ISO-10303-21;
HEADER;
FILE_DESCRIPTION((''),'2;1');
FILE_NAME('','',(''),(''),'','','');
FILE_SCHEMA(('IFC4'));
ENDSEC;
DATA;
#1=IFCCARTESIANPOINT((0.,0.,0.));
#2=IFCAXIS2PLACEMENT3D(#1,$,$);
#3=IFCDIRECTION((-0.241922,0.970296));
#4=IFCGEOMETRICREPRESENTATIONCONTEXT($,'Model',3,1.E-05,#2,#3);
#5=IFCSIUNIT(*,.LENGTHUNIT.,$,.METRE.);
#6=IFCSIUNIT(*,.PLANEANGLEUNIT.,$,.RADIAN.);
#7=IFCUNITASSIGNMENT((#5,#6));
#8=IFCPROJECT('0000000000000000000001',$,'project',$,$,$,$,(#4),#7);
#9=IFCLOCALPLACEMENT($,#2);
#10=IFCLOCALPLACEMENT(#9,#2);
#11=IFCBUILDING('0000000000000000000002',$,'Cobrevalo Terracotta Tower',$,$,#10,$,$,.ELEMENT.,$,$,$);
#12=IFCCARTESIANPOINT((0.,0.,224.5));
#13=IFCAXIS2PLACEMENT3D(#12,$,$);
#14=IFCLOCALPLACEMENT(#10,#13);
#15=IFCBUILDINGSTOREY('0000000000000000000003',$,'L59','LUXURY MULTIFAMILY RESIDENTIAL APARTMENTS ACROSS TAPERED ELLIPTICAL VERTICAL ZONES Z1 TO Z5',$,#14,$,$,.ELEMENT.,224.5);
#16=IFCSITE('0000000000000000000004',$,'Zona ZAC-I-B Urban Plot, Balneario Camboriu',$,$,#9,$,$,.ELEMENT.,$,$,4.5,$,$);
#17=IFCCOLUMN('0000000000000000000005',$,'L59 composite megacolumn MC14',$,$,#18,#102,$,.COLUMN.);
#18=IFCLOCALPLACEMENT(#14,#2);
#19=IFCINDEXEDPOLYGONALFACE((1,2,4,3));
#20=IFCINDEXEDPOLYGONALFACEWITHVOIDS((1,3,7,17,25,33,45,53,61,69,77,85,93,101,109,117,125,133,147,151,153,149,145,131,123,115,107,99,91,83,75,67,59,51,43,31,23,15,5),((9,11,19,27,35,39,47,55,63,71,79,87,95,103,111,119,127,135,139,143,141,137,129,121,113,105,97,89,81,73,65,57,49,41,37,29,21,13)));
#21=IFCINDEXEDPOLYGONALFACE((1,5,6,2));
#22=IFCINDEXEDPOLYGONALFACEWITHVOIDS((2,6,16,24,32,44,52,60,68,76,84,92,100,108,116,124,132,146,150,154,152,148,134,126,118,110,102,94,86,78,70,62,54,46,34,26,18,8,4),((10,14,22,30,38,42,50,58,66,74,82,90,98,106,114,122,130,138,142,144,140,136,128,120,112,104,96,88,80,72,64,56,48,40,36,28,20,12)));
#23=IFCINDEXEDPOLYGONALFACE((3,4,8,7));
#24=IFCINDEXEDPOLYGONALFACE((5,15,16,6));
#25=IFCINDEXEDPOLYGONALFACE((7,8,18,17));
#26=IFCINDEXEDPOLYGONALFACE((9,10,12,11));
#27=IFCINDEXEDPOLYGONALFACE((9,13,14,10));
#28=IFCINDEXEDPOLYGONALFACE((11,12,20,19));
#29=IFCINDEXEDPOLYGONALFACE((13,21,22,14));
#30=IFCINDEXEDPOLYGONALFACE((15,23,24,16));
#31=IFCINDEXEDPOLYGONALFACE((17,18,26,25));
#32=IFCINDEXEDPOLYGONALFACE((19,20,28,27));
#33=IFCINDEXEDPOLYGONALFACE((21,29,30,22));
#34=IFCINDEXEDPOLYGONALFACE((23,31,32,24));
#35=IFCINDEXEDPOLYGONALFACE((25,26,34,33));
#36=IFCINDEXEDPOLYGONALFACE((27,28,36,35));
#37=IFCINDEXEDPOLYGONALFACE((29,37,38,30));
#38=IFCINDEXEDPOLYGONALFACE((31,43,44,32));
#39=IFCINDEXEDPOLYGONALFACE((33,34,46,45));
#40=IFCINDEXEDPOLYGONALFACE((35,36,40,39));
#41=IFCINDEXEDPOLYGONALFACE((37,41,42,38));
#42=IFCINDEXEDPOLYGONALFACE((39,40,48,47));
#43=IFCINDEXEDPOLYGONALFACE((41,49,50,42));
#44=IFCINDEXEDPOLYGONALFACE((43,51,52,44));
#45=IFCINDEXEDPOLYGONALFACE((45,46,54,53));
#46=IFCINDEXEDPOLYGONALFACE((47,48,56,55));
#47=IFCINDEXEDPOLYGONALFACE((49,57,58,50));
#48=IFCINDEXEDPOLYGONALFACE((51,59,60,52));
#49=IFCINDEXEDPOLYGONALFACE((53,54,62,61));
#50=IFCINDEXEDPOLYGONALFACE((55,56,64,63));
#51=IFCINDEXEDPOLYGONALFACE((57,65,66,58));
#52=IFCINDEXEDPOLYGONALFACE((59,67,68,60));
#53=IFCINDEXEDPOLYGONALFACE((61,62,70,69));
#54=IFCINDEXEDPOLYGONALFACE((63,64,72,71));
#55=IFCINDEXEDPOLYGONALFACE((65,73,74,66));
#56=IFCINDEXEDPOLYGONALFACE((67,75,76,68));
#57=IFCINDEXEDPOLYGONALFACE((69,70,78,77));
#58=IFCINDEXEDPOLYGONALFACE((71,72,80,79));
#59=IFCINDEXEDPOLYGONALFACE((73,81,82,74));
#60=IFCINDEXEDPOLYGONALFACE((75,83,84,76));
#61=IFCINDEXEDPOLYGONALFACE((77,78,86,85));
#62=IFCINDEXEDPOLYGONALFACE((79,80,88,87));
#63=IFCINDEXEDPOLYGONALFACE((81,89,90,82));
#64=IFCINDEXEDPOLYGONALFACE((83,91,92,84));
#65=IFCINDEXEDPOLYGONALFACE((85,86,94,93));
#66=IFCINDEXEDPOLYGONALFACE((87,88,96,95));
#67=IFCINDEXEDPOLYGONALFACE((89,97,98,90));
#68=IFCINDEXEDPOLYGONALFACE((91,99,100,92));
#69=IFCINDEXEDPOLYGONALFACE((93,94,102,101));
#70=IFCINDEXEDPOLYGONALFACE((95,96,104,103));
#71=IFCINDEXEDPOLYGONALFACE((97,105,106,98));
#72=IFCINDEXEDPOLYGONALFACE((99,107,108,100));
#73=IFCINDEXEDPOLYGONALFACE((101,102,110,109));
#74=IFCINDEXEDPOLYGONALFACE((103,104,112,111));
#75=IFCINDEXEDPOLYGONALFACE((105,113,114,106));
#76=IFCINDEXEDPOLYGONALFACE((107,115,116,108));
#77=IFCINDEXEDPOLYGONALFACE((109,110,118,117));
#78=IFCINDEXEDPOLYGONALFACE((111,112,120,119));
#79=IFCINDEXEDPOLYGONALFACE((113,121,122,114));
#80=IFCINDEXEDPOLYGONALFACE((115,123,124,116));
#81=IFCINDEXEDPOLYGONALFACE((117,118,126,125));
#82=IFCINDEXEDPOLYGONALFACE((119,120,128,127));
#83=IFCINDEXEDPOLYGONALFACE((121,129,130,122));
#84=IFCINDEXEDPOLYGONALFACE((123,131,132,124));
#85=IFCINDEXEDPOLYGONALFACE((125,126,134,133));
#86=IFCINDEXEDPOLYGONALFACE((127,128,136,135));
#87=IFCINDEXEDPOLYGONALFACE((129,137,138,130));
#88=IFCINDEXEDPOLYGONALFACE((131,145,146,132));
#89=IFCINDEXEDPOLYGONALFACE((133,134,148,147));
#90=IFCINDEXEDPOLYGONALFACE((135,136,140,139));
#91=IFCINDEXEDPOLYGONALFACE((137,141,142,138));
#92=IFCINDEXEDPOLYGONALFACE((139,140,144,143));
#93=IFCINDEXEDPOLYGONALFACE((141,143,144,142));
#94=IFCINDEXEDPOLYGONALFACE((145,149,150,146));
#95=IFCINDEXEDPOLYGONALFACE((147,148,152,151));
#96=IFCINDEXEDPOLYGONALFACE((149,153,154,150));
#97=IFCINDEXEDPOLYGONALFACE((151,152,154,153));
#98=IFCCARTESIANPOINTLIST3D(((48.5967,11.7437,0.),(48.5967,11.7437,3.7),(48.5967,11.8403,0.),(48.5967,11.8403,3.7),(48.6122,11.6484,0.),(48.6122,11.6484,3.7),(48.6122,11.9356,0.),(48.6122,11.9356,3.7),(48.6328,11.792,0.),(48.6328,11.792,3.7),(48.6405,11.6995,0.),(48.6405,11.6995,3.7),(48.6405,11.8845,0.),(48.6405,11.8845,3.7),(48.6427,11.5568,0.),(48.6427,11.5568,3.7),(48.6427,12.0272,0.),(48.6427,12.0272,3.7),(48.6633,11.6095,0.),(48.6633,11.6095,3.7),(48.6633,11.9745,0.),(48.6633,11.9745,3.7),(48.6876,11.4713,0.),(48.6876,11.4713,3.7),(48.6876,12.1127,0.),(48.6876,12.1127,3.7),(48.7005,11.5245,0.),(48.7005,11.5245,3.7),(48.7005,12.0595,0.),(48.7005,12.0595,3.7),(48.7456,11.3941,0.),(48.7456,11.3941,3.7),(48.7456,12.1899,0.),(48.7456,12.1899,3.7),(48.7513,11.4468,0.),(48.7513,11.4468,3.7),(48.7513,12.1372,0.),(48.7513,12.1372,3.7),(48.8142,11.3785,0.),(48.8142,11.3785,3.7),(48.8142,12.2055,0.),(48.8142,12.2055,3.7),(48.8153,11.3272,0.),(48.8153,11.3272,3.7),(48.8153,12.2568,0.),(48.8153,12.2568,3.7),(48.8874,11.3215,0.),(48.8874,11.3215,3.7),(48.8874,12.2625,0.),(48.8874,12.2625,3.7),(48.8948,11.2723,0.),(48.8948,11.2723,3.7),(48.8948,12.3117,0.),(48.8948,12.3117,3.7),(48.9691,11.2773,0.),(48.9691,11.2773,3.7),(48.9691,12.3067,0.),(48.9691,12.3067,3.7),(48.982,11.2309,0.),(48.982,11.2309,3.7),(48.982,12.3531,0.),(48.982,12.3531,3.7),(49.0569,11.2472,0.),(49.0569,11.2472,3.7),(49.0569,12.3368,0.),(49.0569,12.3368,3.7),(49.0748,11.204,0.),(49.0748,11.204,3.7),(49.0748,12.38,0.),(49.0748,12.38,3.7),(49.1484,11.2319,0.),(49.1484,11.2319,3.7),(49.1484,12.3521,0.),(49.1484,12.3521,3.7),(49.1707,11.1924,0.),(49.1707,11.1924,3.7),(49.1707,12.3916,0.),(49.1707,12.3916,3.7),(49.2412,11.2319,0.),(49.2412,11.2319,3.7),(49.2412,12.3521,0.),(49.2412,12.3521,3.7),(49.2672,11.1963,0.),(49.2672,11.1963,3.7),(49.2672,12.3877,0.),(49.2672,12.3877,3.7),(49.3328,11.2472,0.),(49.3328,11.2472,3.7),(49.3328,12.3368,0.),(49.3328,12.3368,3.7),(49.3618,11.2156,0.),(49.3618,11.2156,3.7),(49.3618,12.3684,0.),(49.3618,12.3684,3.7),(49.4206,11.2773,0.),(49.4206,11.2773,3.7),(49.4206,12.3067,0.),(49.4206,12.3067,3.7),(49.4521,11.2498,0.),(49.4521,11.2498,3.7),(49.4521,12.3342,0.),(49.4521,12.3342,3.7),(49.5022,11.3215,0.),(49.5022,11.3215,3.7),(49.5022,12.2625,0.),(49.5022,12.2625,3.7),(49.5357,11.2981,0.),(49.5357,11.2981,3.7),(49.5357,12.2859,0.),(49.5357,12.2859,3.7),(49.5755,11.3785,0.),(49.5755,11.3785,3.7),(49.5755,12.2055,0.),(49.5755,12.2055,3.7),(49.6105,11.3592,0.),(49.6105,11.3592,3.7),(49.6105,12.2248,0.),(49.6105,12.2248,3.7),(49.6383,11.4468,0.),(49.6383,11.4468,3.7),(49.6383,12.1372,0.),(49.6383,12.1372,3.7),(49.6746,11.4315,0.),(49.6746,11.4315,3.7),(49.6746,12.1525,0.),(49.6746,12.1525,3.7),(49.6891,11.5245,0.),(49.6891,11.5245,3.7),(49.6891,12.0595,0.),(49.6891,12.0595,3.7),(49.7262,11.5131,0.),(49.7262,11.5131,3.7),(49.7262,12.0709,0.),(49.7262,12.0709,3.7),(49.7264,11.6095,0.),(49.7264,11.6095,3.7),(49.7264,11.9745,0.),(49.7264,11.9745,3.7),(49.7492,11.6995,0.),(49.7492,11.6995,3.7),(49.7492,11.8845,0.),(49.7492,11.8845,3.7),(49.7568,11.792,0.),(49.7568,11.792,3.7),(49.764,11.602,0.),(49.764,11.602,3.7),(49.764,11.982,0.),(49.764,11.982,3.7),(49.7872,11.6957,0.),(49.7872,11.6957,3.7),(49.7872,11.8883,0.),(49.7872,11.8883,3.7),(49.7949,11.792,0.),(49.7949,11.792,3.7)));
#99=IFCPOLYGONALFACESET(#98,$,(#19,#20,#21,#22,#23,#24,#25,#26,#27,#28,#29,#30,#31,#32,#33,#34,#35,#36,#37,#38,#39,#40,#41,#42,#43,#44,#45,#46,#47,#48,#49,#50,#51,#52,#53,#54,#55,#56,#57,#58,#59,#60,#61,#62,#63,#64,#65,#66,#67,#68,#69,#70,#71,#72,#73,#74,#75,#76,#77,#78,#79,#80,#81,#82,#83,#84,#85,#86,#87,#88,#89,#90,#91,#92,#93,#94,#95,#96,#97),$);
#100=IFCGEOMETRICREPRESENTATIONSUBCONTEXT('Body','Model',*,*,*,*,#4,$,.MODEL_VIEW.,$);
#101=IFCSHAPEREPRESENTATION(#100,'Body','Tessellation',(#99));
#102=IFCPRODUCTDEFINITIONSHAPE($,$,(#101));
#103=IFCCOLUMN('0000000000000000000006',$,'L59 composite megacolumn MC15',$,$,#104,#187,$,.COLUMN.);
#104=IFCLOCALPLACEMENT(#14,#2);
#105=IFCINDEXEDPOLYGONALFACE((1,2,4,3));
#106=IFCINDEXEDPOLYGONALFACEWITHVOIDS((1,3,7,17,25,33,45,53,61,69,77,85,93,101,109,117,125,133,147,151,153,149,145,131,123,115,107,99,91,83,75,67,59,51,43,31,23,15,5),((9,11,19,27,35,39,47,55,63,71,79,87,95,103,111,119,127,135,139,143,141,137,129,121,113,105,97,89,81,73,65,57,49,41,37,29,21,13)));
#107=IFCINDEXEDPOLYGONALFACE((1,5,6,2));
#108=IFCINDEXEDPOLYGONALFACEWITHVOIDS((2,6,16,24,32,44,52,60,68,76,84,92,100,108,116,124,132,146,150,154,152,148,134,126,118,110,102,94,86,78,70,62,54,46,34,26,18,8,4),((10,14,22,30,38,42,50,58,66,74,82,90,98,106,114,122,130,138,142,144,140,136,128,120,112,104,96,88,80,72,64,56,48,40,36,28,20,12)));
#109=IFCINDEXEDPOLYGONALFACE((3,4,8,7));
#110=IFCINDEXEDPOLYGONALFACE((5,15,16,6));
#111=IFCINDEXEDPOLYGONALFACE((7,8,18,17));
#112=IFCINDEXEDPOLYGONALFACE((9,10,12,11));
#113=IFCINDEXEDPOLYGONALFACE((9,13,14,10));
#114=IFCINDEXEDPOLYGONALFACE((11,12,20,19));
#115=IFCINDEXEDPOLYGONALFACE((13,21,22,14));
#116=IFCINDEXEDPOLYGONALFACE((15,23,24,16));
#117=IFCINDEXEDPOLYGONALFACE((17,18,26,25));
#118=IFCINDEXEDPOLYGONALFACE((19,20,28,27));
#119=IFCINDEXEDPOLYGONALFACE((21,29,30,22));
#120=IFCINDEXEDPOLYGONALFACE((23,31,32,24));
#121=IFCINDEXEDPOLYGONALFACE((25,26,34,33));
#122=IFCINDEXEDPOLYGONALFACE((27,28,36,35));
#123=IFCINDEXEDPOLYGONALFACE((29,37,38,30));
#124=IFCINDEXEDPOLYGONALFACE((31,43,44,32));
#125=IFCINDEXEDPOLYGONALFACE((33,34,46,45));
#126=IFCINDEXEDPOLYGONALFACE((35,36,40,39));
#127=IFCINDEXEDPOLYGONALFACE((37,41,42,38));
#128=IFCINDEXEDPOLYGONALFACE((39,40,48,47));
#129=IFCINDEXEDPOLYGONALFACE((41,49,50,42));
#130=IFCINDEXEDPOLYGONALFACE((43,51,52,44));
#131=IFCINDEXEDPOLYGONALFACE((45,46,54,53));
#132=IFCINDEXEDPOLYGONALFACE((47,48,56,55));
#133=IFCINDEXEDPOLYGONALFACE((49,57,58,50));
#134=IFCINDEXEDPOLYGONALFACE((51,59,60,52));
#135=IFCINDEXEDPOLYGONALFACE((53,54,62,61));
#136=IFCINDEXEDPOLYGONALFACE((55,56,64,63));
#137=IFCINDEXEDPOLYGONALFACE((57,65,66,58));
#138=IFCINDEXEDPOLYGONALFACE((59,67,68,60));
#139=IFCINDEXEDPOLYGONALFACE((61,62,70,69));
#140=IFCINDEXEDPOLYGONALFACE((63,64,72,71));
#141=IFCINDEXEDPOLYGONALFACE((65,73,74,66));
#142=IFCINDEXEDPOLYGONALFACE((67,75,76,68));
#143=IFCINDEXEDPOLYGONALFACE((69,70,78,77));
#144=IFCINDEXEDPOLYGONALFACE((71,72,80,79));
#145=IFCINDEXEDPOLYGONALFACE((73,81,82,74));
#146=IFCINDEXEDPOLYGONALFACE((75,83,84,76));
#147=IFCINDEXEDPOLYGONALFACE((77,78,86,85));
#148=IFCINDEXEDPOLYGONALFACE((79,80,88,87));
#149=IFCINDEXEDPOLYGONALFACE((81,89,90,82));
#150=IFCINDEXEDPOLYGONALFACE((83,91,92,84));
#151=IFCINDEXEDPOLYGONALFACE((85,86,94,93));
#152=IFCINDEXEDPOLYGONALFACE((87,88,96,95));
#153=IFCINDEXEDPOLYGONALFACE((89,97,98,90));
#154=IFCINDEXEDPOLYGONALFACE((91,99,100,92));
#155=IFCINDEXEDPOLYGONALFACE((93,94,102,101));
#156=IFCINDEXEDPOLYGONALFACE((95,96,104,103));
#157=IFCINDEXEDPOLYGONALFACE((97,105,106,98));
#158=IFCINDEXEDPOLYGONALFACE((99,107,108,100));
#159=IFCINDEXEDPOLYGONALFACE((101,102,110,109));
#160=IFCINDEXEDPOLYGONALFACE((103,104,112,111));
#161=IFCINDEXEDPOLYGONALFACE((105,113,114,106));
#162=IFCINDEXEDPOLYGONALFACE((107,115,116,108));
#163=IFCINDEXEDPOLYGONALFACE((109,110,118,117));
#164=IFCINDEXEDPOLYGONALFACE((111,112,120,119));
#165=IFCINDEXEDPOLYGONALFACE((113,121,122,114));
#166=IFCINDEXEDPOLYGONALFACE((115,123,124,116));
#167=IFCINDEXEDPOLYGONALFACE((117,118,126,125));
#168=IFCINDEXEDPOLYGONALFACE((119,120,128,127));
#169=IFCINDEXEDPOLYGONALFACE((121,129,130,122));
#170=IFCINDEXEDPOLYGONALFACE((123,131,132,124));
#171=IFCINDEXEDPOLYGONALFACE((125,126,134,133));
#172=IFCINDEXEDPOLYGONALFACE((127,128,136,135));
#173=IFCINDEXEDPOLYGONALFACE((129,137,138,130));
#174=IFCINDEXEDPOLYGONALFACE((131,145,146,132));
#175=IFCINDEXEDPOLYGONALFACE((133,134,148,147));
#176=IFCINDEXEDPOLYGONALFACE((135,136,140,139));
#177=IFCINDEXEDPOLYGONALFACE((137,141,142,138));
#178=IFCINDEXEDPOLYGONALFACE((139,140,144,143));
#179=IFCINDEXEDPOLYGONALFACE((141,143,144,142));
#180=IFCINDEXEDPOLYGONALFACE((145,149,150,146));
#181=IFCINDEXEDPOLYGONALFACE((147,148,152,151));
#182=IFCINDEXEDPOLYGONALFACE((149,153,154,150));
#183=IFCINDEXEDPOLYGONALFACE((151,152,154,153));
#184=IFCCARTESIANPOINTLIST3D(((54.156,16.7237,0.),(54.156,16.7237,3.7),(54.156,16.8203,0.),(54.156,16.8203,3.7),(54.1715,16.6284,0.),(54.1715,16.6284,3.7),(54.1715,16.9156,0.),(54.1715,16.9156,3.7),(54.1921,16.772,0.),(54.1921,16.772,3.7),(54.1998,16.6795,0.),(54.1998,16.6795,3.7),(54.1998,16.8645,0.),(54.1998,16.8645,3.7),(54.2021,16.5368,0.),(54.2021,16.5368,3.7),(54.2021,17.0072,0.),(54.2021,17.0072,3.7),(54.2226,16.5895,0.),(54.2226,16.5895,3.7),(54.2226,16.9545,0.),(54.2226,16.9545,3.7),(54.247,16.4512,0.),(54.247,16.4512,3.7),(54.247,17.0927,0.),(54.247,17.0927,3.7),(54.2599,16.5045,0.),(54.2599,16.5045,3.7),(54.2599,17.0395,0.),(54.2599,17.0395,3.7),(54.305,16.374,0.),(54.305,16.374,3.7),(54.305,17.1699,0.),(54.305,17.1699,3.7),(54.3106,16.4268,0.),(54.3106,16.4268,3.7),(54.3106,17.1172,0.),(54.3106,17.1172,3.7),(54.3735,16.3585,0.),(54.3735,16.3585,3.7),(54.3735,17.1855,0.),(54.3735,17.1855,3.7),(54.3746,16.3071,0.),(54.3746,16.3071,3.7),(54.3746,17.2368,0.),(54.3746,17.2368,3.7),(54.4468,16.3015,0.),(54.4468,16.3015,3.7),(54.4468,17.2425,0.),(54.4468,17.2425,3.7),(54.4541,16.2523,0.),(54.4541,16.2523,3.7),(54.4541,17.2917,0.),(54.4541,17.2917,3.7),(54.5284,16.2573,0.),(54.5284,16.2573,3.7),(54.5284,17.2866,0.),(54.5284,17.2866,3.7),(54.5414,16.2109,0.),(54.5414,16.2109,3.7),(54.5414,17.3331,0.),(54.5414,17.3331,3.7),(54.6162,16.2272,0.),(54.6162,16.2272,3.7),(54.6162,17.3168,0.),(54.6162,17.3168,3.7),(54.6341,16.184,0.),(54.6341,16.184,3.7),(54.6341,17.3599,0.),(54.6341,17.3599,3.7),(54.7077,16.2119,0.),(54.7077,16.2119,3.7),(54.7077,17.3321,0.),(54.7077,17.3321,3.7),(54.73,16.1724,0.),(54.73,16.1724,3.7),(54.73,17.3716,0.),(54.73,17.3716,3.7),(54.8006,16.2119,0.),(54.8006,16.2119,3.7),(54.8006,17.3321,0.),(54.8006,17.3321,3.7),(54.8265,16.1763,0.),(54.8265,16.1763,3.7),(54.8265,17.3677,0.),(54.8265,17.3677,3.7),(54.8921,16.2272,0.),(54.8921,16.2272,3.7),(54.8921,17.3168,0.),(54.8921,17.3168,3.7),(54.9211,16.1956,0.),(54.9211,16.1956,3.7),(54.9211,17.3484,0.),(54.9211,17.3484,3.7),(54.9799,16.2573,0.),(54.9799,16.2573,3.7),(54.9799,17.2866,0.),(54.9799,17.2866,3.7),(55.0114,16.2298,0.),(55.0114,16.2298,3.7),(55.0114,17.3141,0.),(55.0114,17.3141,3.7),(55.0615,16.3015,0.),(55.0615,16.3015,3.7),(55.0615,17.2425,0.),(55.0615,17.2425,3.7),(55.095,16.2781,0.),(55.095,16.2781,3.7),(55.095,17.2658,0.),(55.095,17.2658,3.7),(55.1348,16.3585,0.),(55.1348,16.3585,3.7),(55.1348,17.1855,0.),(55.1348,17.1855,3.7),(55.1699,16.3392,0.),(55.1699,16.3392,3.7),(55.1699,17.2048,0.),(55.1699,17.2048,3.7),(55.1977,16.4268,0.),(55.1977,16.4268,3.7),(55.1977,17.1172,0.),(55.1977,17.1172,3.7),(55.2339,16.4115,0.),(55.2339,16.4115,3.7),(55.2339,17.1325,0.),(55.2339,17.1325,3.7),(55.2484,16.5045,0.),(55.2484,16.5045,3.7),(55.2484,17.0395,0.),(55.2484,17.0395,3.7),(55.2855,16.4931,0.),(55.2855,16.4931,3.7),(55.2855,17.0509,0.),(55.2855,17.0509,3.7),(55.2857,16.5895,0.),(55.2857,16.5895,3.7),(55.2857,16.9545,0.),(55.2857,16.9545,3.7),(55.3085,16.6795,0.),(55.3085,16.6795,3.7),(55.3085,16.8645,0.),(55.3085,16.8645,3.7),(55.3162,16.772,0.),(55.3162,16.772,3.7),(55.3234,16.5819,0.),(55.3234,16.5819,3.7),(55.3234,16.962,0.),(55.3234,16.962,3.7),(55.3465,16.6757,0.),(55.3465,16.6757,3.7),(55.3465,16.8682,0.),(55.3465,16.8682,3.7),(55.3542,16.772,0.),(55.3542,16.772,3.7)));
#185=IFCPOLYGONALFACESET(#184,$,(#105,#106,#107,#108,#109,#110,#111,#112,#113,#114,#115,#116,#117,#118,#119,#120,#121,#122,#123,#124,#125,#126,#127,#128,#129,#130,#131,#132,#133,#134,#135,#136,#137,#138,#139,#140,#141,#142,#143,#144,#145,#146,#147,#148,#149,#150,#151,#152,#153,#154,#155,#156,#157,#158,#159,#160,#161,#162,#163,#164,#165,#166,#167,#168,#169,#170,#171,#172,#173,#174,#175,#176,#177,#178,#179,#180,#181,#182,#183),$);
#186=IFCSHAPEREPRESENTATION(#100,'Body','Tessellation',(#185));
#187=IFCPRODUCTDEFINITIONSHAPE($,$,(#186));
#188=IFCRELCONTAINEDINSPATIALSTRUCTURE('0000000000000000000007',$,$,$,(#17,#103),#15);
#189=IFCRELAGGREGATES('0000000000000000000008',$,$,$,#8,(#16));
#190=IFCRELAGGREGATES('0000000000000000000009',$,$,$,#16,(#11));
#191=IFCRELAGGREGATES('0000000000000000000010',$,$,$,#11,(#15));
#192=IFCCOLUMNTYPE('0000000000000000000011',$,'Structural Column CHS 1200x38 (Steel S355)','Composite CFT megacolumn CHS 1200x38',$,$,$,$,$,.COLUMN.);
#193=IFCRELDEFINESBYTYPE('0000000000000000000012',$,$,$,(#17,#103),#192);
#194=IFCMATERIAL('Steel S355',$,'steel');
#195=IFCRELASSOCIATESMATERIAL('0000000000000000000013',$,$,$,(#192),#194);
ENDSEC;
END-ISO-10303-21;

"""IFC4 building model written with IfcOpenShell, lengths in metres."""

from ifc_helpers import new_model, si_unit, direction, frame, origin, origin_2d, place, context, subcontext, project, spatial, hollow_circle, extrude, material, material_profile, profile_set, type_object, element, save


model = new_model("IFC4")

# Units and contexts
model_context = context("Model", 3, precision=1e-05, world=origin(), true_north=direction((-0.241922, 0.970296)))
body_context = subcontext(model_context, "Body", "Model", "MODEL_VIEW")
ifc_project = project(units=[si_unit("LENGTHUNIT", "METRE"), si_unit("PLANEANGLEUNIT", "RADIAN")], contexts=[model_context])

# Site, building, storey
site_placement = place(None, origin())
site = spatial("IfcSite", under=ifc_project, at=site_placement, Name="Zona ZAC-I-B Urban Plot, Balneario Camboriu", CompositionType="ELEMENT", RefElevation=4.5)
building_placement = place(site_placement, origin())
building = spatial("IfcBuilding", under=site, at=building_placement, Name="Cobrevalo Terracotta Tower", CompositionType="ELEMENT")
storey_placement = place(building_placement, frame((0.0, 0.0, 224.5)))
storey = spatial("IfcBuildingStorey", under=building, at=storey_placement, Name="L59", Description="LUXURY MULTIFAMILY RESIDENTIAL APARTMENTS ACROSS TAPERED ELLIPTICAL VERTICAL ZONES Z1 TO Z5", CompositionType="ELEMENT", Elevation=224.5)

# Columns
ifc_material_1 = material(Name="Steel S355", Category="steel")
ifc_material_profile_1 = material_profile(ifc_material_1, hollow_circle(Radius=0.6001, WallThickness=0.0381, at=origin_2d()), Name="CHS 1200x38")
ifc_profile_set_1 = profile_set([ifc_material_profile_1], Name="Steel S355")
column_type = type_object("IfcColumnType", Name="Structural Column CHS 1200x38 (Steel S355)", Description="Composite CFT megacolumn CHS 1200x38", PredefinedType="COLUMN", material=ifc_profile_set_1)
for number, where, z_axis, x_axis, name in (
    (1, (49.1948, 11.792, 0.0), (0.0, 0.0, 1.0), (1.0, 0.0, 0.0), "L59 composite megacolumn MC14"),
    (2, (54.7542, 16.772, 0.0), (0.0, 0.0, 1.0), (1.0, 0.0, 0.0), "L59 composite megacolumn MC15"),
):
    element("IfcColumn", number, at=place(storey_placement, frame(where, z_axis=z_axis, x_axis=x_axis)), inside=storey, type_object=column_type, Name=name, PredefinedType="COLUMN", context=body_context, shape_type="SweptSolid", body=[
        extrude(hollow_circle(Radius=0.6001, WallThickness=0.0381, at=origin_2d()), origin(), (0.0, 0.0, 1.0), 3.7),
    ])

save(model, "model.ifc")
